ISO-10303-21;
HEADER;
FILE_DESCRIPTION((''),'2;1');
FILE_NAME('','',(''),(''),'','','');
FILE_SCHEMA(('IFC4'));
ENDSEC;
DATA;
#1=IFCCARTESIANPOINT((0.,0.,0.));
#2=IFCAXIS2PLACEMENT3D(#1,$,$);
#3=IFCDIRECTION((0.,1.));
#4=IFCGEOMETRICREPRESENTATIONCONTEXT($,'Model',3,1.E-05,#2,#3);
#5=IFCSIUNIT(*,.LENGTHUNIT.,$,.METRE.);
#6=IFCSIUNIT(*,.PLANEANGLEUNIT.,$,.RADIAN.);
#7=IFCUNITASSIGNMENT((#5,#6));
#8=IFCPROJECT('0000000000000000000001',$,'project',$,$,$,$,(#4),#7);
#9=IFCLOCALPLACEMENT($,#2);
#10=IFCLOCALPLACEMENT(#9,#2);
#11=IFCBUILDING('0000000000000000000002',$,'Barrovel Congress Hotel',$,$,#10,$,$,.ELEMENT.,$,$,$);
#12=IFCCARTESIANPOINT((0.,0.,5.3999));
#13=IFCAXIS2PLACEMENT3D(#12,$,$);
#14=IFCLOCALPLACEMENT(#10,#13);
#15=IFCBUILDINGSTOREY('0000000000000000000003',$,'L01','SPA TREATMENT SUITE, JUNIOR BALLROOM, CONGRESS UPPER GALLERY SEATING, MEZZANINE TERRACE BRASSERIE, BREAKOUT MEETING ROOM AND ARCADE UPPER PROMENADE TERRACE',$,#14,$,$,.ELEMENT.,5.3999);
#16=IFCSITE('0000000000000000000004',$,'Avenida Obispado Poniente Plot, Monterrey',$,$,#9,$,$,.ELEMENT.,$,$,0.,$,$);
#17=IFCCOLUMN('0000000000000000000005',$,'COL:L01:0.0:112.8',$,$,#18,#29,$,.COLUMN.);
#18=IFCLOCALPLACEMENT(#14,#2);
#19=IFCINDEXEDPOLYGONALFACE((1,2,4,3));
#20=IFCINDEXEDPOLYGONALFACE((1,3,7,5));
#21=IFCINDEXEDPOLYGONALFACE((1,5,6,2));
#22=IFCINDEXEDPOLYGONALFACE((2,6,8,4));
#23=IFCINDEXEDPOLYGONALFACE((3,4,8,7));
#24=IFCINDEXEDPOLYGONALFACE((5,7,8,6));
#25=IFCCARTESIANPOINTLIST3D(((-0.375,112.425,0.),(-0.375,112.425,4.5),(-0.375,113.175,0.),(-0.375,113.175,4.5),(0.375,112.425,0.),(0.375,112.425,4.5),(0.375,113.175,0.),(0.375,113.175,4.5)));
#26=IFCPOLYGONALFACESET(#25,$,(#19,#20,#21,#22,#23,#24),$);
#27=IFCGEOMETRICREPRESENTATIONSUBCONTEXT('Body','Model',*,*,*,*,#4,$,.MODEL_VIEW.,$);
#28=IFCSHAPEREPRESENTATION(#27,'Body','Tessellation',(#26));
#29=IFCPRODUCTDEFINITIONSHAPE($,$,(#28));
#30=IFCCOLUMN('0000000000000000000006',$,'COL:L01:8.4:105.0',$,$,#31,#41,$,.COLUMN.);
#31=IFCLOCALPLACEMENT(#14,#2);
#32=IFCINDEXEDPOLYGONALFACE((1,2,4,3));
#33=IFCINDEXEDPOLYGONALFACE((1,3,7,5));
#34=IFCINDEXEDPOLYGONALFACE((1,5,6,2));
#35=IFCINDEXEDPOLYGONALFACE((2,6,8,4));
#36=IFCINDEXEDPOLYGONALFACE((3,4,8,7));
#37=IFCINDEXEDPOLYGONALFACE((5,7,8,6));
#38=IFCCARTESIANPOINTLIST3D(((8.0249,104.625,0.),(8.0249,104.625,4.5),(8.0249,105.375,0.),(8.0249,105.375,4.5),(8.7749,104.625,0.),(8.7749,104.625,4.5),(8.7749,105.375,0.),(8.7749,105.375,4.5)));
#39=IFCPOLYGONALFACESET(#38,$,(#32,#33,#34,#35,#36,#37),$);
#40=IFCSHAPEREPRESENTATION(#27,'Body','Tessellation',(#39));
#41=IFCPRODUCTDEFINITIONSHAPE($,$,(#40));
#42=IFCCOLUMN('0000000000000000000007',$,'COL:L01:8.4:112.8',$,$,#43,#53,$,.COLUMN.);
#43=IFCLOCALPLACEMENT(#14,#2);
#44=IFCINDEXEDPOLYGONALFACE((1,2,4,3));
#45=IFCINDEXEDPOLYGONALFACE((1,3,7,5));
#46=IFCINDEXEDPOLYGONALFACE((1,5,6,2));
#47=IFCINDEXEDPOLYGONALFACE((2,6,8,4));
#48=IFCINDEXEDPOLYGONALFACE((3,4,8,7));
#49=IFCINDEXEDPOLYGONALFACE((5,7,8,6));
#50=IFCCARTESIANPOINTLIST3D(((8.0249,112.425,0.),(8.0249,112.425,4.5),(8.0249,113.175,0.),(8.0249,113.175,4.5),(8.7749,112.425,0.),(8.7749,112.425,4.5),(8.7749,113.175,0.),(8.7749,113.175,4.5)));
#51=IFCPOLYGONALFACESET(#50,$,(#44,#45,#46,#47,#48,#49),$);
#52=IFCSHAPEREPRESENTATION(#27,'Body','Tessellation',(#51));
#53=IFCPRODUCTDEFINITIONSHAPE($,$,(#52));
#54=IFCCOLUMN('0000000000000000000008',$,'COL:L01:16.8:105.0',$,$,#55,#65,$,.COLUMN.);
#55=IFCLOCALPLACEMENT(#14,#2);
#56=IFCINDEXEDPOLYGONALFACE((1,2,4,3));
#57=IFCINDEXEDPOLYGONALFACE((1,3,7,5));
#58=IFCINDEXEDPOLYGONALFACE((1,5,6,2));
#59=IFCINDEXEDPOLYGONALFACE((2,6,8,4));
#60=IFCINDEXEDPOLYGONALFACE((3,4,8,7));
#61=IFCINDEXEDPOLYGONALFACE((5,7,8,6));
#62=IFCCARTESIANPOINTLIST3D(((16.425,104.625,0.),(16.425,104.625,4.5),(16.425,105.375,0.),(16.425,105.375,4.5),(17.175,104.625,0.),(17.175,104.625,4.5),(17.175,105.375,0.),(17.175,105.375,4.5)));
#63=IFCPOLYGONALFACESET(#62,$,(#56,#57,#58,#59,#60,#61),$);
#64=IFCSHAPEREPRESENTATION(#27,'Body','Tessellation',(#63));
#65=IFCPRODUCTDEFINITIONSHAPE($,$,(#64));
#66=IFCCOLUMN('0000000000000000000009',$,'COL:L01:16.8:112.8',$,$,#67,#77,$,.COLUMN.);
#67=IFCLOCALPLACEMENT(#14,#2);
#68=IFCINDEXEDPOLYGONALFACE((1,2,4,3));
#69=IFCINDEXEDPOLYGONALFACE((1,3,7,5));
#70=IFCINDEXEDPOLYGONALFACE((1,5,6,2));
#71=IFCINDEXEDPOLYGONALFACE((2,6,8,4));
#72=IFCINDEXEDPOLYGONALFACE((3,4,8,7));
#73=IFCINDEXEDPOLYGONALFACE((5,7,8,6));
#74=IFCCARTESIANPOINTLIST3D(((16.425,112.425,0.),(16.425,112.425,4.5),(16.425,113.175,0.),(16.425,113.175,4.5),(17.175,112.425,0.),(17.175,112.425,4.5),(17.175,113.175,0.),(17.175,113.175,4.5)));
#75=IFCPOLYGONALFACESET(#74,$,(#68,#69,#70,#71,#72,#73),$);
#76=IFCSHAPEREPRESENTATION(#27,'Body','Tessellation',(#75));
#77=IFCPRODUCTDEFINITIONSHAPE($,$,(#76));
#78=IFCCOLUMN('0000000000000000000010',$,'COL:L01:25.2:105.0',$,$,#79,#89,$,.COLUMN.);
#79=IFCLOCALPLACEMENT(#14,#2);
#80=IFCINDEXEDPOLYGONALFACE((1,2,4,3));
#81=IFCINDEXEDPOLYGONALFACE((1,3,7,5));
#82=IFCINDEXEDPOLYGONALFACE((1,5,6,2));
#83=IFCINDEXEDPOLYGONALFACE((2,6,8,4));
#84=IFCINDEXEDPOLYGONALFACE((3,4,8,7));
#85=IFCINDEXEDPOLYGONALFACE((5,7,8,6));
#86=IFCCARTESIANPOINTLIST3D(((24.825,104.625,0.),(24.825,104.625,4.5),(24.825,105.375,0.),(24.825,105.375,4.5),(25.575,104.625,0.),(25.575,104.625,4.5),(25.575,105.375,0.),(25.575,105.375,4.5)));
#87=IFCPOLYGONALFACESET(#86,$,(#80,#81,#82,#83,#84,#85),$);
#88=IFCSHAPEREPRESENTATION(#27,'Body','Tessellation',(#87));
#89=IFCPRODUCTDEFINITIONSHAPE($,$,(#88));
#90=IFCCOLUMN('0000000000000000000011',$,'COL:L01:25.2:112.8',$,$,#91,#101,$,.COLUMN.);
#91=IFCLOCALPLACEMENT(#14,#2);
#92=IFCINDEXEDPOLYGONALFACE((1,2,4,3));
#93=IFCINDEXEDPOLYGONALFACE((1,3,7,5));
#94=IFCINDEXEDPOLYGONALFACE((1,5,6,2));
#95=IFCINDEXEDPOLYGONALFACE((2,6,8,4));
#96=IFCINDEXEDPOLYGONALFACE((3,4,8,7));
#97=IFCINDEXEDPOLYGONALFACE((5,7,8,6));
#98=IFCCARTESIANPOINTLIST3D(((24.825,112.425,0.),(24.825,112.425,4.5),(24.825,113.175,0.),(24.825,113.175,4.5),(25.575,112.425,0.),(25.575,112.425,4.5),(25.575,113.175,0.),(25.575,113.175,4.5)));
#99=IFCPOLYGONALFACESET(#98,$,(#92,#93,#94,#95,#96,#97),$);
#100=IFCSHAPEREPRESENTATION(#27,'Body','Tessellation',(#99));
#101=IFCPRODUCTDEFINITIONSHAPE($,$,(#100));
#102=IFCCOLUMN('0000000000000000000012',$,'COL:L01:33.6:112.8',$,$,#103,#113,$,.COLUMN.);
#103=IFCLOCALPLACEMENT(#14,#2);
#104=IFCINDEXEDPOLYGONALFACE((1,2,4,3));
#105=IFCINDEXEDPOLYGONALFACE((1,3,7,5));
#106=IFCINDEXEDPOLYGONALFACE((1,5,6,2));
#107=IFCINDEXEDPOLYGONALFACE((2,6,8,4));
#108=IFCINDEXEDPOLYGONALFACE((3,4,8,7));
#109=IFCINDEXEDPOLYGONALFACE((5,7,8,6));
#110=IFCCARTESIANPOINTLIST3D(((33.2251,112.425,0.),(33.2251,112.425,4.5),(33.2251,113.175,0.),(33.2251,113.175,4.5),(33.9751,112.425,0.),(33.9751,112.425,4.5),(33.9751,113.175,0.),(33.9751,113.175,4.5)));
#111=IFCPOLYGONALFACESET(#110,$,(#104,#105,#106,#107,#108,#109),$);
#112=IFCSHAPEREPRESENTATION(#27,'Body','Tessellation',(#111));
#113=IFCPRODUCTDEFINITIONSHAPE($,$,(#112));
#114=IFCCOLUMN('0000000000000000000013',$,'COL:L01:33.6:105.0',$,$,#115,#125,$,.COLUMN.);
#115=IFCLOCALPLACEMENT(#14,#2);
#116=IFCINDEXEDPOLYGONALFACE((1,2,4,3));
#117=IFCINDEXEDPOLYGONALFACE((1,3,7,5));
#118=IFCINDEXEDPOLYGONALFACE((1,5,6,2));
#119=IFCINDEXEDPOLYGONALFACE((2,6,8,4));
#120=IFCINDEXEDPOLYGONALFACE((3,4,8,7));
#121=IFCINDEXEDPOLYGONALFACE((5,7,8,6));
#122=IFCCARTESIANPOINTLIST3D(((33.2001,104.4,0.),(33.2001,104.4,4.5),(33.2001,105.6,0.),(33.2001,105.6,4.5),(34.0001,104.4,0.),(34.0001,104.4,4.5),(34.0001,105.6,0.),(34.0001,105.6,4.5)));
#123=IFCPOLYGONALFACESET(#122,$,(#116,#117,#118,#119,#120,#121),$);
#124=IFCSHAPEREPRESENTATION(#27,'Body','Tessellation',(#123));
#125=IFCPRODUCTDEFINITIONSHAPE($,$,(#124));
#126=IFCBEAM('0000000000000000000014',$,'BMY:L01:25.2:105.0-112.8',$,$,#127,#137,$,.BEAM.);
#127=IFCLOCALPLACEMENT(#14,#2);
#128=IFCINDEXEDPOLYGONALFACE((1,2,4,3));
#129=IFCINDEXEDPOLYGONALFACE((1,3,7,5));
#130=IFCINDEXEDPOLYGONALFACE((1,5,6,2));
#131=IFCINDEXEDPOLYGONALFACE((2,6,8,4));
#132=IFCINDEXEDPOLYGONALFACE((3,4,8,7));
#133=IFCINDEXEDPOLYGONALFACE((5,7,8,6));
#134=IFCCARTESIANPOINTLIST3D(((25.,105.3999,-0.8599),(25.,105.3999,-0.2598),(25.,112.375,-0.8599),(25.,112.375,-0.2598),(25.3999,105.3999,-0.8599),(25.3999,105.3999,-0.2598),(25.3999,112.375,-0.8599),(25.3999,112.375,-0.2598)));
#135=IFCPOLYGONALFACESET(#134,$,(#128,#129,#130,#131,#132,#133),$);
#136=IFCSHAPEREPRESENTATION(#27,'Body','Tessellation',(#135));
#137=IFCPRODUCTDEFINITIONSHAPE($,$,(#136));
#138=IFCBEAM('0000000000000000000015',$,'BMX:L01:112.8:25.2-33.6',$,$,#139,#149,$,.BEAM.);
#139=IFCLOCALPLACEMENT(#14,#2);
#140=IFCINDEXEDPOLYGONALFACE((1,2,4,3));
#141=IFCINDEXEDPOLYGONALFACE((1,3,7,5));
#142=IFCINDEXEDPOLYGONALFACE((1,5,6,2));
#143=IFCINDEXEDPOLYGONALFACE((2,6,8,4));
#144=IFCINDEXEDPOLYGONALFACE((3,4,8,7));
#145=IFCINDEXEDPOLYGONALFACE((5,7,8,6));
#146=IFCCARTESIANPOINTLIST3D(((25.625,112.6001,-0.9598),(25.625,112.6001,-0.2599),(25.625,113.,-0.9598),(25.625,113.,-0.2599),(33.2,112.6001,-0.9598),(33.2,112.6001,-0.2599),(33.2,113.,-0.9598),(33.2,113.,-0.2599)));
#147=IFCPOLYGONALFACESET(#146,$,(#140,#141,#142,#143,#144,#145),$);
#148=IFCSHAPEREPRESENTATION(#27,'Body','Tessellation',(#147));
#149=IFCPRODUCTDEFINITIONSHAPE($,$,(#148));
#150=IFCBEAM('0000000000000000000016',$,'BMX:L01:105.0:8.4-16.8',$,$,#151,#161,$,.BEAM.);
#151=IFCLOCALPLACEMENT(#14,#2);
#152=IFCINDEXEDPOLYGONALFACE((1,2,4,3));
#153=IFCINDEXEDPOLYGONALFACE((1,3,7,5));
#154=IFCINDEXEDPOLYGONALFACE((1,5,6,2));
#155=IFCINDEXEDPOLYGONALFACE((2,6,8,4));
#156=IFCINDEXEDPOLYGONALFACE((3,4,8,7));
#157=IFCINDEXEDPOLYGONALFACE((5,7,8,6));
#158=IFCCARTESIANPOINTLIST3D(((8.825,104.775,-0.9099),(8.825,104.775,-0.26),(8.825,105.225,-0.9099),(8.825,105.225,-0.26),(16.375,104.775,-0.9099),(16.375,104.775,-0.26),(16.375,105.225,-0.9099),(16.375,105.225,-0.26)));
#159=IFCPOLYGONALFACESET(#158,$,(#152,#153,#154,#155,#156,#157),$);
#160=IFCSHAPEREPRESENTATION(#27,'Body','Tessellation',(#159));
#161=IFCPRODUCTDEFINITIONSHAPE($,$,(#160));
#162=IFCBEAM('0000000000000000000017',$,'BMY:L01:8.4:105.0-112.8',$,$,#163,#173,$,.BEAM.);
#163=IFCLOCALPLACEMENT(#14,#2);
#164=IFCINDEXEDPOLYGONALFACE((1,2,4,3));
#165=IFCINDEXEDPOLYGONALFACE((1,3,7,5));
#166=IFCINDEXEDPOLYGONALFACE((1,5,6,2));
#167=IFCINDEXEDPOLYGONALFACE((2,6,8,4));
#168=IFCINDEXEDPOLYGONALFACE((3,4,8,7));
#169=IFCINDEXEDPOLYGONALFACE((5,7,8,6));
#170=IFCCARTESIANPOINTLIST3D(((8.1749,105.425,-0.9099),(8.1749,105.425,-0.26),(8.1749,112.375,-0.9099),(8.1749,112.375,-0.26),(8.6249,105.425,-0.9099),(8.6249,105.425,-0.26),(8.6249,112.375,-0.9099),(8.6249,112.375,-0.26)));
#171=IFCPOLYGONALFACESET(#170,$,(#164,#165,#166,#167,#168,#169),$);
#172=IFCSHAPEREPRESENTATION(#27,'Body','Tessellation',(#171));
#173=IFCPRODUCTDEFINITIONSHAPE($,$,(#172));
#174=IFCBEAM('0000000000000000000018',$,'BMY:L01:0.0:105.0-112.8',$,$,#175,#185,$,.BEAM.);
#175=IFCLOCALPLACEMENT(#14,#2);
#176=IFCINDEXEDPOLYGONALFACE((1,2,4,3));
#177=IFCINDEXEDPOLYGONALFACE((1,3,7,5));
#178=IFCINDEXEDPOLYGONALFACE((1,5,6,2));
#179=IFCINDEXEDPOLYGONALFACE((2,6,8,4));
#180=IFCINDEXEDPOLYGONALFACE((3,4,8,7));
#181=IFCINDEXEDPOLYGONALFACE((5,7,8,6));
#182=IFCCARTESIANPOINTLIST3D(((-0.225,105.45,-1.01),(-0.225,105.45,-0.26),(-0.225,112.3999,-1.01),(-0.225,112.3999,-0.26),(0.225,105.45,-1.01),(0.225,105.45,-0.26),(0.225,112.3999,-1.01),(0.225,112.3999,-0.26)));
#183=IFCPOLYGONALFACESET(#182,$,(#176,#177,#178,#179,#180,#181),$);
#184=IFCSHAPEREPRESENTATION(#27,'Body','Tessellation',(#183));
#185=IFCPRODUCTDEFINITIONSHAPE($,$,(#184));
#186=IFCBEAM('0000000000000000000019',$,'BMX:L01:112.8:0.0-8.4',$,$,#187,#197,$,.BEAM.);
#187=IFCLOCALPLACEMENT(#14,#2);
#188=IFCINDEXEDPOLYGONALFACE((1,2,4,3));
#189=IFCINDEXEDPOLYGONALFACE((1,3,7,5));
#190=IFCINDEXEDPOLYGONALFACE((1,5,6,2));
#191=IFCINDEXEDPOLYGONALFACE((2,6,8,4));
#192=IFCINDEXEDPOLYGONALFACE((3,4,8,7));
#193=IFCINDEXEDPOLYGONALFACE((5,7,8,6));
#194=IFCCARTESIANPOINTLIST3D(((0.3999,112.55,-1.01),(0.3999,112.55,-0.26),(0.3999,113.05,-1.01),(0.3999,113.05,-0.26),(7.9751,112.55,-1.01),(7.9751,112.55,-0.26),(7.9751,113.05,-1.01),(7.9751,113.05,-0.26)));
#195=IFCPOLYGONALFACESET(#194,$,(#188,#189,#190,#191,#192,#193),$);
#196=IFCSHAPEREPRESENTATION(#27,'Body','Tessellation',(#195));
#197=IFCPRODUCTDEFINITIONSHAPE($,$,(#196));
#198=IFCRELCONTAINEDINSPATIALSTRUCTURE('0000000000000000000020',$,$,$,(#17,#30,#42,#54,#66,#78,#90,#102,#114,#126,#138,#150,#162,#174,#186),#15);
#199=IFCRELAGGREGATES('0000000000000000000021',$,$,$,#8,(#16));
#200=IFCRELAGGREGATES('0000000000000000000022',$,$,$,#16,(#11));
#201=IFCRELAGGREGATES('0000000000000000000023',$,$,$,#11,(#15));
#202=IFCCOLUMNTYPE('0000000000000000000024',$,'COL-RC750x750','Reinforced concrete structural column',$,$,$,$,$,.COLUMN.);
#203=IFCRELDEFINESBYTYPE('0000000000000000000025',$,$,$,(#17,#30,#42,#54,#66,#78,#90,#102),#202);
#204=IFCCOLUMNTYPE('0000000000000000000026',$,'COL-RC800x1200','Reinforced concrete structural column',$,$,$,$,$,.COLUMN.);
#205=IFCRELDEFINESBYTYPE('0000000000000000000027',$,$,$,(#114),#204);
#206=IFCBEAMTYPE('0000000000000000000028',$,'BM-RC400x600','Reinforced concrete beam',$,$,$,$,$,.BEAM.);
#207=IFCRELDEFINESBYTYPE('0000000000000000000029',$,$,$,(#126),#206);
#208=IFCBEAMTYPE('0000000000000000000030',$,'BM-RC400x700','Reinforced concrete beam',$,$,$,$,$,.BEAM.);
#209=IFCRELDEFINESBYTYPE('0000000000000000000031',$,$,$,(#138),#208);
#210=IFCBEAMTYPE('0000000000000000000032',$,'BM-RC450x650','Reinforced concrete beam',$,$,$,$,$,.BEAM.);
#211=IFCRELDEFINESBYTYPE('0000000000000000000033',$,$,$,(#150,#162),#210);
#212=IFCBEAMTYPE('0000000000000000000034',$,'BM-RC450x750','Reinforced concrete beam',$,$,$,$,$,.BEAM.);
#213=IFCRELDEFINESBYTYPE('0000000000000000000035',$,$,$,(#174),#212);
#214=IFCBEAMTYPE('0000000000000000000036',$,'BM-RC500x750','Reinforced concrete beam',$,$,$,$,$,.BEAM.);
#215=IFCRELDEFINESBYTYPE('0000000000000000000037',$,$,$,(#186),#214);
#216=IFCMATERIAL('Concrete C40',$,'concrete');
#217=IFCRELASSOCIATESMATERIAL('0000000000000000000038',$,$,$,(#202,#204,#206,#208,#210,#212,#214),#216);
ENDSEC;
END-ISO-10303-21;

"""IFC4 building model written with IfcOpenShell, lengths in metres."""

from ifc_helpers import new_model, si_unit, direction, frame, origin, origin_2d, place, context, subcontext, project, spatial, rectangle, extrude, material, material_profile, profile_set, type_object, element, save


model = new_model("IFC4")

# Units and contexts
model_context = context("Model", 3, precision=1e-05, world=origin(), true_north=direction((0.0, 1.0)))
body_context = subcontext(model_context, "Body", "Model", "MODEL_VIEW")
ifc_project = project(units=[si_unit("LENGTHUNIT", "METRE"), si_unit("PLANEANGLEUNIT", "RADIAN")], contexts=[model_context])

# Site, building, storey
site_placement = place(None, origin())
site = spatial("IfcSite", under=ifc_project, at=site_placement, Name="Avenida Obispado Poniente Plot, Monterrey", CompositionType="ELEMENT", RefElevation=0.0)
building_placement = place(site_placement, origin())
building = spatial("IfcBuilding", under=site, at=building_placement, Name="Barrovel Congress Hotel", CompositionType="ELEMENT")
storey_placement = place(building_placement, frame((0.0, 0.0, 5.3999)))
storey = spatial("IfcBuildingStorey", under=building, at=storey_placement, Name="L01", Description="SPA TREATMENT SUITE, JUNIOR BALLROOM, CONGRESS UPPER GALLERY SEATING, MEZZANINE TERRACE BRASSERIE, BREAKOUT MEETING ROOM AND ARCADE UPPER PROMENADE TERRACE", CompositionType="ELEMENT", Elevation=5.3999)

# Columns
ifc_material_1 = material(Name="Concrete C40", Category="concrete")
ifc_material_profile_1 = material_profile(ifc_material_1, rectangle(XDim=0.75, YDim=0.75, at=origin_2d()), Name="RC750x750")
ifc_profile_set_1 = profile_set([ifc_material_profile_1], Name="Concrete C40")
column_type_1 = type_object("IfcColumnType", Name="COL-RC750x750", Description="Reinforced concrete structural column", PredefinedType="COLUMN", material=ifc_profile_set_1)
for number, where, z_axis, x_axis, name in (
    (1, (0.0, 112.8, 0.0), (0.0, 0.0, 1.0), (1.0, 0.0, 0.0), "COL:L01:0.0:112.8"),
    (2, (8.3999, 105.0, 0.0), (0.0, 0.0, 1.0), (1.0, 0.0, 0.0), "COL:L01:8.4:105.0"),
    (3, (8.3999, 112.8, 0.0), (0.0, 0.0, 1.0), (1.0, 0.0, 0.0), "COL:L01:8.4:112.8"),
    (4, (16.8, 105.0, 0.0), (0.0, 0.0, 1.0), (1.0, 0.0, 0.0), "COL:L01:16.8:105.0"),
    (5, (16.8, 112.8, 0.0), (0.0, 0.0, 1.0), (1.0, 0.0, 0.0), "COL:L01:16.8:112.8"),
    (6, (25.2, 105.0, 0.0), (0.0, 0.0, 1.0), (1.0, 0.0, 0.0), "COL:L01:25.2:105.0"),
    (7, (25.2, 112.8, 0.0), (0.0, 0.0, 1.0), (1.0, 0.0, 0.0), "COL:L01:25.2:112.8"),
    (8, (33.6001, 112.8, 0.0), (0.0, 0.0, 1.0), (1.0, 0.0, 0.0), "COL:L01:33.6:112.8"),
):
    element("IfcColumn", number, at=place(storey_placement, frame(where, z_axis=z_axis, x_axis=x_axis)), inside=storey, type_object=column_type_1, Name=name, PredefinedType="COLUMN", context=body_context, shape_type="SweptSolid", body=[
        extrude(rectangle(XDim=0.75, YDim=0.75, at=origin_2d()), origin(), (0.0, 0.0, 1.0), 4.5),
    ])
ifc_material_profile_2 = material_profile(ifc_material_1, rectangle(XDim=0.8, YDim=1.2, at=origin_2d()), Name="RC800x1200")
ifc_profile_set_2 = profile_set([ifc_material_profile_2], Name="Concrete C40")
column_type_2 = type_object("IfcColumnType", Name="COL-RC800x1200", Description="Reinforced concrete structural column", PredefinedType="COLUMN", material=ifc_profile_set_2)
column_placement = place(storey_placement, frame((33.6001, 105.0, 0.0), z_axis=(0.0, 0.0, 1.0), x_axis=(1.0, 0.0, 0.0)))
element("IfcColumn", 9, at=column_placement, inside=storey, type_object=column_type_2, Name="COL:L01:33.6:105.0", PredefinedType="COLUMN", context=body_context, shape_type="SweptSolid", body=[
    extrude(rectangle(XDim=0.8, YDim=1.2, at=origin_2d()), origin(), (0.0, 0.0, 1.0), 4.5),
])

# Beams
ifc_material_profile_3 = material_profile(ifc_material_1, rectangle(XDim=0.3999, YDim=0.6001, at=origin_2d()), Name="RC400x600")
ifc_profile_set_3 = profile_set([ifc_material_profile_3], Name="Concrete C40")
beam_type_1 = type_object("IfcBeamType", Name="BM-RC400x600", Description="Reinforced concrete beam", PredefinedType="BEAM", material=ifc_profile_set_3)
beam_1_placement = place(storey_placement, frame((25.2, 105.3999, -0.5598), z_axis=(0.0, 1.0, 0.0), x_axis=(-1.0, 0.0, 0.0)))
element("IfcBeam", 10, at=beam_1_placement, inside=storey, type_object=beam_type_1, Name="BMY:L01:25.2:105.0-112.8", PredefinedType="BEAM", context=body_context, shape_type="SweptSolid", body=[
    extrude(rectangle(XDim=0.3999, YDim=0.6001, at=origin_2d()), origin(), (0.0, 0.0, 1.0), 6.9751),
])
ifc_material_profile_4 = material_profile(ifc_material_1, rectangle(XDim=0.3999, YDim=0.7, at=origin_2d()), Name="RC400x700")
ifc_profile_set_4 = profile_set([ifc_material_profile_4], Name="Concrete C40")
beam_type_2 = type_object("IfcBeamType", Name="BM-RC400x700", Description="Reinforced concrete beam", PredefinedType="BEAM", material=ifc_profile_set_4)
beam_2_placement = place(storey_placement, frame((25.625, 112.8, -0.6099), z_axis=(1.0, 0.0, 0.0), x_axis=(0.0, 1.0, 0.0)))
element("IfcBeam", 11, at=beam_2_placement, inside=storey, type_object=beam_type_2, Name="BMX:L01:112.8:25.2-33.6", PredefinedType="BEAM", context=body_context, shape_type="SweptSolid", body=[
    extrude(rectangle(XDim=0.3999, YDim=0.7, at=origin_2d()), origin(), (0.0, 0.0, 1.0), 7.575),
])
ifc_material_profile_5 = material_profile(ifc_material_1, rectangle(XDim=0.45, YDim=0.6499, at=origin_2d()), Name="RC450x650")
ifc_profile_set_5 = profile_set([ifc_material_profile_5], Name="Concrete C40")
beam_type_3 = type_object("IfcBeamType", Name="BM-RC450x650", Description="Reinforced concrete beam", PredefinedType="BEAM", material=ifc_profile_set_5)
beam_3_placement = place(storey_placement, frame((8.825, 105.0, -0.585), z_axis=(1.0, 0.0, 0.0), x_axis=(0.0, 1.0, 0.0)))
element("IfcBeam", 12, at=beam_3_placement, inside=storey, type_object=beam_type_3, Name="BMX:L01:105.0:8.4-16.8", PredefinedType="BEAM", context=body_context, shape_type="SweptSolid", body=[
    extrude(rectangle(XDim=0.45, YDim=0.6499, at=origin_2d()), origin(), (0.0, 0.0, 1.0), 7.55),
])
beam_4_placement = place(storey_placement, frame((8.3999, 105.425, -0.585), z_axis=(0.0, 1.0, 0.0), x_axis=(-1.0, 0.0, 0.0)))
element("IfcBeam", 13, at=beam_4_placement, inside=storey, type_object=beam_type_3, Name="BMY:L01:8.4:105.0-112.8", PredefinedType="BEAM", context=body_context, shape_type="SweptSolid", body=[
    extrude(rectangle(XDim=0.45, YDim=0.6499, at=origin_2d()), origin(), (0.0, 0.0, 1.0), 6.95),
])
ifc_material_profile_6 = material_profile(ifc_material_1, rectangle(XDim=0.45, YDim=0.75, at=origin_2d()), Name="RC450x750")
ifc_profile_set_6 = profile_set([ifc_material_profile_6], Name="Concrete C40")
beam_type_4 = type_object("IfcBeamType", Name="BM-RC450x750", Description="Reinforced concrete beam", PredefinedType="BEAM", material=ifc_profile_set_6)
beam_5_placement = place(storey_placement, frame((0.0, 105.45, -0.635), z_axis=(0.0, 1.0, 0.0), x_axis=(-1.0, 0.0, 0.0)))
element("IfcBeam", 14, at=beam_5_placement, inside=storey, type_object=beam_type_4, Name="BMY:L01:0.0:105.0-112.8", PredefinedType="BEAM", context=body_context, shape_type="SweptSolid", body=[
    extrude(rectangle(XDim=0.45, YDim=0.75, at=origin_2d()), origin(), (0.0, 0.0, 1.0), 6.95),
])
ifc_material_profile_7 = material_profile(ifc_material_1, rectangle(XDim=0.5, YDim=0.75, at=origin_2d()), Name="RC500x750")
ifc_profile_set_7 = profile_set([ifc_material_profile_7], Name="Concrete C40")
beam_type_5 = type_object("IfcBeamType", Name="BM-RC500x750", Description="Reinforced concrete beam", PredefinedType="BEAM", material=ifc_profile_set_7)
beam_6_placement = place(storey_placement, frame((0.3999, 112.8, -0.635), z_axis=(1.0, 0.0, 0.0), x_axis=(0.0, 1.0, 0.0)))
element("IfcBeam", 15, at=beam_6_placement, inside=storey, type_object=beam_type_5, Name="BMX:L01:112.8:0.0-8.4", PredefinedType="BEAM", context=body_context, shape_type="SweptSolid", body=[
    extrude(rectangle(XDim=0.5, YDim=0.75, at=origin_2d()), origin(), (0.0, 0.0, 1.0), 7.5752),
])

save(model, "model.ifc")
